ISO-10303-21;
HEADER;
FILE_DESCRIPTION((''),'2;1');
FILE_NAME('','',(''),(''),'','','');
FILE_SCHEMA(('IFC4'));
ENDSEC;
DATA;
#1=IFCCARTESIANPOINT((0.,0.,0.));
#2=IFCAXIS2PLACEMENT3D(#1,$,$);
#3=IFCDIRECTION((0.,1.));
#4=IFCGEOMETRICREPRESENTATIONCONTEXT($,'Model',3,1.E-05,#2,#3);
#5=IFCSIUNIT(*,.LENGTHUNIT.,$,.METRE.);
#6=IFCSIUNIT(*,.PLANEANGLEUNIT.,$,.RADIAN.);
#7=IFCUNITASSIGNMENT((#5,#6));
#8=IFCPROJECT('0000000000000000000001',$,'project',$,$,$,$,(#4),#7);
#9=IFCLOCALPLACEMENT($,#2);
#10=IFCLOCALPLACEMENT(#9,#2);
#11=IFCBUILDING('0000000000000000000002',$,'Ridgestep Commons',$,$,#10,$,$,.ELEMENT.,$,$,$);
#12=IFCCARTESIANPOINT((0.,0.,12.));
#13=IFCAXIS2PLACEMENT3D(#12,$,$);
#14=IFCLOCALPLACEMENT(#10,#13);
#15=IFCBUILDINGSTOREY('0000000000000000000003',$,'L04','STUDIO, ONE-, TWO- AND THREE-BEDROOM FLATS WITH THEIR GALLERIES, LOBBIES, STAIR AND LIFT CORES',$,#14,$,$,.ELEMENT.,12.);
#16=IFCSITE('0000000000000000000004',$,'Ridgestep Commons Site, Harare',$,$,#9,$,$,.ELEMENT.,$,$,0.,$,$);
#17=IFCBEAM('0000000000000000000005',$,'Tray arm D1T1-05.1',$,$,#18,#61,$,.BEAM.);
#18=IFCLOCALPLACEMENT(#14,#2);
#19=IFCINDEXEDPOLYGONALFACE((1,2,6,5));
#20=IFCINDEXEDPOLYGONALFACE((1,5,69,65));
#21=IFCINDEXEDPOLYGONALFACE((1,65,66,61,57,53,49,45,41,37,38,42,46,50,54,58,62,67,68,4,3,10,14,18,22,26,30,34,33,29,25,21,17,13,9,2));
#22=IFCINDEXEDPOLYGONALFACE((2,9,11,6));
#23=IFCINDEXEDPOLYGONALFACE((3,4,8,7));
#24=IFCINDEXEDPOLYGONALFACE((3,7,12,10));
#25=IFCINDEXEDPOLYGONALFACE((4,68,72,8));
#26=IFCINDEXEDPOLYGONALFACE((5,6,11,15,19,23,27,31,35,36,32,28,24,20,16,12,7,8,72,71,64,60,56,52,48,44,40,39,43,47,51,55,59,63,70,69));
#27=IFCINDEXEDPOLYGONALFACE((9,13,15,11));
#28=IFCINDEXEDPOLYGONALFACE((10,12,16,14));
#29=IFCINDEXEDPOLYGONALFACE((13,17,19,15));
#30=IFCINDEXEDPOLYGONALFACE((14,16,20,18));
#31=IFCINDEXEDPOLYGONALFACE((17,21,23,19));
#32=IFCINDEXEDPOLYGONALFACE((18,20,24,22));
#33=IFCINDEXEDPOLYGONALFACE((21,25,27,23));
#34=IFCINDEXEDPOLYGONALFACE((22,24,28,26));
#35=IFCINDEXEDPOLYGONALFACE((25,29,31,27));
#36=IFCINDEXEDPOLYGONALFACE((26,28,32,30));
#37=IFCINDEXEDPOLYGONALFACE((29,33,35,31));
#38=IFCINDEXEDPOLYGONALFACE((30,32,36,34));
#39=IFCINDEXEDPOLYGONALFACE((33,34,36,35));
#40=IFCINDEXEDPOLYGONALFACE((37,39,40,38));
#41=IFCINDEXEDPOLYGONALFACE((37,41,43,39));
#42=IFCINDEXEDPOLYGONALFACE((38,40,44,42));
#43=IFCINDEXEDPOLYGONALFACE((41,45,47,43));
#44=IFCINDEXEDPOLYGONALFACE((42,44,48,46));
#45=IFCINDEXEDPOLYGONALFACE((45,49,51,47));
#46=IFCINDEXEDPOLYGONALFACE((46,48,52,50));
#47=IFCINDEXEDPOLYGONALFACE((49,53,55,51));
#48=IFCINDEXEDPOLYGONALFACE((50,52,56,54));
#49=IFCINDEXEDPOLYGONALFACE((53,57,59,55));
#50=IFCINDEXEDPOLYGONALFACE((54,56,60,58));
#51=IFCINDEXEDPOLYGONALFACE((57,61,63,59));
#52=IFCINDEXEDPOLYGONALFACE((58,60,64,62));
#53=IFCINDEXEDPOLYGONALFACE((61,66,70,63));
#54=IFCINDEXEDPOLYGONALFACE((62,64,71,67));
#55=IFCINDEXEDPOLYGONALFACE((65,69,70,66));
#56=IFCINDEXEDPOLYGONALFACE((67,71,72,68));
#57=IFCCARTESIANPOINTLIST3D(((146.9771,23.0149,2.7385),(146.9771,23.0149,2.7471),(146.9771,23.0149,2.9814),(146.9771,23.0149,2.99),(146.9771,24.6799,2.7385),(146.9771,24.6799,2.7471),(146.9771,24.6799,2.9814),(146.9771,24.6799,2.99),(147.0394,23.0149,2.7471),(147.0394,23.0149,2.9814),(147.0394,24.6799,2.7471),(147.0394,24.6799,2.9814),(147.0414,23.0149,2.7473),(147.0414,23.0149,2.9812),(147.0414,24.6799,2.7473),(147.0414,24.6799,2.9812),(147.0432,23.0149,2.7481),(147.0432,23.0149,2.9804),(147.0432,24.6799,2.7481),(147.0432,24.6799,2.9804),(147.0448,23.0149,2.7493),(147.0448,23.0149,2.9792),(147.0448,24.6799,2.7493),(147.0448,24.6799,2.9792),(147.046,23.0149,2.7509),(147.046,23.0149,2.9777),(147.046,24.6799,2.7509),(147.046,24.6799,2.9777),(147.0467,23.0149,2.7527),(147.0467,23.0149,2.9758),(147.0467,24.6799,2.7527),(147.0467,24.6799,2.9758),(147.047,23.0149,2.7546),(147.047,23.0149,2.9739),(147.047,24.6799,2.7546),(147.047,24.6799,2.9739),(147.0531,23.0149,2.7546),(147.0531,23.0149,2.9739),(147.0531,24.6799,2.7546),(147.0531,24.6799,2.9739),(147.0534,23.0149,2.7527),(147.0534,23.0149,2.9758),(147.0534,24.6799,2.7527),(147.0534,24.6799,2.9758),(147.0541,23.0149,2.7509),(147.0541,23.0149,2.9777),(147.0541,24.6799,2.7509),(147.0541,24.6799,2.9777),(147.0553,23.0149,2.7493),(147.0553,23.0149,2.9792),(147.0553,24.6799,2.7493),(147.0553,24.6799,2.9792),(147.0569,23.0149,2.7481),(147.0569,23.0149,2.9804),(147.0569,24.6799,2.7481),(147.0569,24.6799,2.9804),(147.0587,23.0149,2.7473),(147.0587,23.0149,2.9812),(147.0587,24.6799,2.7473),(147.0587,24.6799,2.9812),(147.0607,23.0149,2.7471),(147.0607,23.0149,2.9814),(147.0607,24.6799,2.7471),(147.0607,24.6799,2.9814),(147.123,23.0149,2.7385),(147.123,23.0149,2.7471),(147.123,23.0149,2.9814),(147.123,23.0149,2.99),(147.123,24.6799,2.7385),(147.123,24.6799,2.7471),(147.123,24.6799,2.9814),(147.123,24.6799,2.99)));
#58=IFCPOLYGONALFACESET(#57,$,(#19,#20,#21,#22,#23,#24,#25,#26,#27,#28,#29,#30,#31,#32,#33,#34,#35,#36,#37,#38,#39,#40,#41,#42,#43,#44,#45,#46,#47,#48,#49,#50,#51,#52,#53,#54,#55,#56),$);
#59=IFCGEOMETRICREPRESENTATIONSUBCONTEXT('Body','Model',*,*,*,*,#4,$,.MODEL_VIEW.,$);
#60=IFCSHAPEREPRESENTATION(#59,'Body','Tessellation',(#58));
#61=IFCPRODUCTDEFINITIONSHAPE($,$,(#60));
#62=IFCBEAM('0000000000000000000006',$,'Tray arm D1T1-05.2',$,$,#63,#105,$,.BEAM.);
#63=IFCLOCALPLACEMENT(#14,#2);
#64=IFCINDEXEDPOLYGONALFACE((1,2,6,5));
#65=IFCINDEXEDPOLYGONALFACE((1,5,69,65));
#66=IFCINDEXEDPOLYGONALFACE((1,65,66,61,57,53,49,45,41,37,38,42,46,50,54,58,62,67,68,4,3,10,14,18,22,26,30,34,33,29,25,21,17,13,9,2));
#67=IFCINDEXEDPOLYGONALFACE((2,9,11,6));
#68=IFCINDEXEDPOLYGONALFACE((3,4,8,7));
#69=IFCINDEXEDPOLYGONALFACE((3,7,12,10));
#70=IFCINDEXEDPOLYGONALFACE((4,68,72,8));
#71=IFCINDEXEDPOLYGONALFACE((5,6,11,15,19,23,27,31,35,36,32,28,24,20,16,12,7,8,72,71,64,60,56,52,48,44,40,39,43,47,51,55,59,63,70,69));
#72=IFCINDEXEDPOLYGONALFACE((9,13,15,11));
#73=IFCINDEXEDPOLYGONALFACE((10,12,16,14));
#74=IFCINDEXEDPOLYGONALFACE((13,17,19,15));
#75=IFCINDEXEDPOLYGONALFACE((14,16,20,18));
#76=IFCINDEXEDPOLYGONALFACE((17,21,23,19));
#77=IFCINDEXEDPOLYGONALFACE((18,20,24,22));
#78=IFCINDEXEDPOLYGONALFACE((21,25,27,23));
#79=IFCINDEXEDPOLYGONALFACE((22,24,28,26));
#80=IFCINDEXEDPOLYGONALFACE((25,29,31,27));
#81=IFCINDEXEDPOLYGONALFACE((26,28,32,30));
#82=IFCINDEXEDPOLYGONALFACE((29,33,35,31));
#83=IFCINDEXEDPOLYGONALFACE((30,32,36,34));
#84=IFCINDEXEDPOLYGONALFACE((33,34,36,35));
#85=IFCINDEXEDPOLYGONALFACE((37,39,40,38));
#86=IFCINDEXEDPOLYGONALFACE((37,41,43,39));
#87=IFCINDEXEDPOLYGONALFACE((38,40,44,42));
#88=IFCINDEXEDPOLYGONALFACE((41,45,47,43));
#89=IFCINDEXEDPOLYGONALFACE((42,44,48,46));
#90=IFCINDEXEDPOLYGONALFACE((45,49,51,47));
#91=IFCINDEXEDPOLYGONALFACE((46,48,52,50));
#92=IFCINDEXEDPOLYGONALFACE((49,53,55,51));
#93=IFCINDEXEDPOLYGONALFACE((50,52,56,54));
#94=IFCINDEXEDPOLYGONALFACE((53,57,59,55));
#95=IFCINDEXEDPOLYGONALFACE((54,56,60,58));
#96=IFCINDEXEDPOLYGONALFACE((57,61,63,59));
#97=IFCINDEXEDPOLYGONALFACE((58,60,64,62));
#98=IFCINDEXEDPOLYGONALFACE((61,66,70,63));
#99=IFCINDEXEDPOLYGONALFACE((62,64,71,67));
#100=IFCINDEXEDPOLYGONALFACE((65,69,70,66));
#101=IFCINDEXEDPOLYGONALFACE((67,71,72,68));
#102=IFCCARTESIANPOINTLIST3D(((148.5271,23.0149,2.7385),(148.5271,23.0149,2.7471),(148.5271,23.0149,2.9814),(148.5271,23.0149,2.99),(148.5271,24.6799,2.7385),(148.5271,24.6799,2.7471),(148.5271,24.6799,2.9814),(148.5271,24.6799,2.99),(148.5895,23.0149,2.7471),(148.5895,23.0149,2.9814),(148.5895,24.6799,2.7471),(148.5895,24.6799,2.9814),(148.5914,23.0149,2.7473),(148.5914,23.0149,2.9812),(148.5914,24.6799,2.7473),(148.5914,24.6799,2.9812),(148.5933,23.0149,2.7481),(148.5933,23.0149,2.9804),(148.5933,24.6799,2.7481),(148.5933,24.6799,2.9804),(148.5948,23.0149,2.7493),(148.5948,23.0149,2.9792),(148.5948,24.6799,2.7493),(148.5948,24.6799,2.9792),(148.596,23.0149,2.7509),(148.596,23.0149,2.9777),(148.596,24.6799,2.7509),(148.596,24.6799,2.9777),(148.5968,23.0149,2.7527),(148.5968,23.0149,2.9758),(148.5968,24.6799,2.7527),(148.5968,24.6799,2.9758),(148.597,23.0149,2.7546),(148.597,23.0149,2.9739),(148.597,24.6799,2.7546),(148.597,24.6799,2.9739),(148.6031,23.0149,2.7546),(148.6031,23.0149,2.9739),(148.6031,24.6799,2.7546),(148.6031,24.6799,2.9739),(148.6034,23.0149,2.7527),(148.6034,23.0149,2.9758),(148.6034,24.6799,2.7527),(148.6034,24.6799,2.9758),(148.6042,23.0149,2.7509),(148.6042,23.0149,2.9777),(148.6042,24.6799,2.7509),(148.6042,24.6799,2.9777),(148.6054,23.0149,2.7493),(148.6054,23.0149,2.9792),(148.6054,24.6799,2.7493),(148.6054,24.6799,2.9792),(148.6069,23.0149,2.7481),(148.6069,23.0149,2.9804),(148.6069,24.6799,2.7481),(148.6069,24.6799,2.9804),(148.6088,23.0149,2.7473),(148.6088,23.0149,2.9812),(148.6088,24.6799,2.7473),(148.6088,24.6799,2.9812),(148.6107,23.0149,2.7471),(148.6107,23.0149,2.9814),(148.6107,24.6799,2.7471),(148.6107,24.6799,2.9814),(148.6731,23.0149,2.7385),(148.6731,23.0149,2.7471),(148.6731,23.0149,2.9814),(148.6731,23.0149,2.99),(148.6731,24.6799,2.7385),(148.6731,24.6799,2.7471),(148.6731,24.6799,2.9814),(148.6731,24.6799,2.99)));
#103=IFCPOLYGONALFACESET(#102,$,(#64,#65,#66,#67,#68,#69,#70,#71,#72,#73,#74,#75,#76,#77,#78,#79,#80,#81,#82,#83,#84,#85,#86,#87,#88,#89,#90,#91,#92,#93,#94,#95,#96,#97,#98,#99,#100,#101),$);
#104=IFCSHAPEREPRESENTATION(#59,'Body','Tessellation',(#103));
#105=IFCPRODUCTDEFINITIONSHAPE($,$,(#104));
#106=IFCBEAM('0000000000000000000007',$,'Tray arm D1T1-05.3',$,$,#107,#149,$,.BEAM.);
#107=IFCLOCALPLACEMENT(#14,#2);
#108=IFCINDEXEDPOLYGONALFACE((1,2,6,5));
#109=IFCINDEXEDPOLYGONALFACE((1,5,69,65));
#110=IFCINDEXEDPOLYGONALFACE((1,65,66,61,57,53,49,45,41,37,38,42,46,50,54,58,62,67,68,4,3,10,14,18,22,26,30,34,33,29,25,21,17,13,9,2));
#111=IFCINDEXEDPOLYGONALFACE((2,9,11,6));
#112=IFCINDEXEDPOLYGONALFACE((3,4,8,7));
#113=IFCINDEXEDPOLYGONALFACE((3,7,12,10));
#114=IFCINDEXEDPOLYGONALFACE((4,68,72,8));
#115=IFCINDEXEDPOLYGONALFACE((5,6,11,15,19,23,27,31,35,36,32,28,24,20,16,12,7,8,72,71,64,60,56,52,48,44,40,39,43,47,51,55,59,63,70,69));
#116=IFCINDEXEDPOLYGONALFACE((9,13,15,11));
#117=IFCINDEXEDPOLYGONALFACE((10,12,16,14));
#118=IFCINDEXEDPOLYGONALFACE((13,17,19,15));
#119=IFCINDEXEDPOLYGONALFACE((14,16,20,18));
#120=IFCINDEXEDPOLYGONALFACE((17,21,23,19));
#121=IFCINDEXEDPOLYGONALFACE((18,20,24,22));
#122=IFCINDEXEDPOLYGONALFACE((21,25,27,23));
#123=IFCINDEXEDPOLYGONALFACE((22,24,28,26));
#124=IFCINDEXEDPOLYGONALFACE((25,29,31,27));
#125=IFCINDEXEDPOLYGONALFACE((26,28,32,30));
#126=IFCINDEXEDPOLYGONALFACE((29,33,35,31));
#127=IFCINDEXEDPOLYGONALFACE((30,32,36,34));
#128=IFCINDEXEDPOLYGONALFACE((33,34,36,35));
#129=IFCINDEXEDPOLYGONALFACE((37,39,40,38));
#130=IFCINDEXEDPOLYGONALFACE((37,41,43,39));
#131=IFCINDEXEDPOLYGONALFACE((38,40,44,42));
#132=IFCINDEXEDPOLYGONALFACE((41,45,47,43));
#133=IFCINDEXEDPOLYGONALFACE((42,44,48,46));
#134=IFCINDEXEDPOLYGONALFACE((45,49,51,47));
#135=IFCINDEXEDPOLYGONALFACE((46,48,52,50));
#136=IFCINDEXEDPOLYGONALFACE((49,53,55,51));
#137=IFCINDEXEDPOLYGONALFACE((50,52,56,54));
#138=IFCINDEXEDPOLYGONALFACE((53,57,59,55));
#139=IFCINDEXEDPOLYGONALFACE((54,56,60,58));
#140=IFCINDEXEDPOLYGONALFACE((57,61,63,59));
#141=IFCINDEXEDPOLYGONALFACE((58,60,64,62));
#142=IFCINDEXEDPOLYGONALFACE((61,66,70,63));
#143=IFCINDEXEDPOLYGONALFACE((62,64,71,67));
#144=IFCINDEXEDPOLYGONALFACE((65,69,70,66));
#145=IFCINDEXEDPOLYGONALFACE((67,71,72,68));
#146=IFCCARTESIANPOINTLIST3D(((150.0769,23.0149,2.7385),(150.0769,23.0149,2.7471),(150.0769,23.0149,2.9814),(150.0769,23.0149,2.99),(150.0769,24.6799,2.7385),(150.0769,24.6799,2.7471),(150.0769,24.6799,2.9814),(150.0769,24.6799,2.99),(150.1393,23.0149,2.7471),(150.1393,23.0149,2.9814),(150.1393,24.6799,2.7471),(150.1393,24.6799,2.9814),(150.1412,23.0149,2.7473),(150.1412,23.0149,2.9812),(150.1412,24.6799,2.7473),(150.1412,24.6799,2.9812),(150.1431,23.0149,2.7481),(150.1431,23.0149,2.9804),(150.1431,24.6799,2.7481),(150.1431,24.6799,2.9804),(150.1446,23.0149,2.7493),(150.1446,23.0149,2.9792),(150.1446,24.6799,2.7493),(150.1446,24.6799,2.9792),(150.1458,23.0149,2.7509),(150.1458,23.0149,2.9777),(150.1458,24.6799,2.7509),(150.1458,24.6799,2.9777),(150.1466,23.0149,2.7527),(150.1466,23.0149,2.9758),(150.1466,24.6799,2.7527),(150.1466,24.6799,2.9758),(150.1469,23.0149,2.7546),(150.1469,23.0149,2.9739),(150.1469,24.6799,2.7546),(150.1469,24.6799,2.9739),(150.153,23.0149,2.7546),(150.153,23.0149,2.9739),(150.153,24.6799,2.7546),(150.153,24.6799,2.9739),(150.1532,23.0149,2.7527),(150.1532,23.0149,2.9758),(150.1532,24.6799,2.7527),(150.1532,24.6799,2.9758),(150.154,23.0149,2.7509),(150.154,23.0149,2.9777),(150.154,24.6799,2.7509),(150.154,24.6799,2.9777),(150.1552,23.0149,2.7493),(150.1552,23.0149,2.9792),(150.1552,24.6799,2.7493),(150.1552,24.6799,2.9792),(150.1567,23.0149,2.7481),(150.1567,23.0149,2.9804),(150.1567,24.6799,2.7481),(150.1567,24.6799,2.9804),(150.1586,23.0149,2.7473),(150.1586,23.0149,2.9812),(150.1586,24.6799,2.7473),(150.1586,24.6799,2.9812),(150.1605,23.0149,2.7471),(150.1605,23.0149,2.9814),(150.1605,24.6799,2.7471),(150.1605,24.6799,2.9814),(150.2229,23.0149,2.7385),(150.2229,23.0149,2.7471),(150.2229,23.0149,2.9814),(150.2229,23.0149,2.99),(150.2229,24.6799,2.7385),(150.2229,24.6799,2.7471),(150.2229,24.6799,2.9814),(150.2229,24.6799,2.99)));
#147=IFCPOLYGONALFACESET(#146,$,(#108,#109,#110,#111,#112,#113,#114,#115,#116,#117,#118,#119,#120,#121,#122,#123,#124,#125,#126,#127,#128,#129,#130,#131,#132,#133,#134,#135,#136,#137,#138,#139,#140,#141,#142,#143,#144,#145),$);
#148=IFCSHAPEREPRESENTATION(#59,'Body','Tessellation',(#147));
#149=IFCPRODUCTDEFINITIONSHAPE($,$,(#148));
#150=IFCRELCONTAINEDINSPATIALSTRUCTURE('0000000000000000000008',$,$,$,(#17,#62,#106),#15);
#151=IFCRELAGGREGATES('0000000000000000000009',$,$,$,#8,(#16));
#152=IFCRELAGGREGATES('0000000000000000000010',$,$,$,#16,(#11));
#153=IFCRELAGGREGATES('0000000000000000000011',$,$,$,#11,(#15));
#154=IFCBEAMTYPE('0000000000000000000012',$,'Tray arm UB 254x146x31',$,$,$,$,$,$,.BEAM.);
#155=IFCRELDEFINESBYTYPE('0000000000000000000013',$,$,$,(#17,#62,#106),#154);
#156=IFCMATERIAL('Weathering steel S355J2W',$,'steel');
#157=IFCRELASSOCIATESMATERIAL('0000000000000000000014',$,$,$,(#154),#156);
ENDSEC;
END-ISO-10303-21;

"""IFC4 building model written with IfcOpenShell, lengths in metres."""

from ifc_helpers import new_model, si_unit, direction, frame, origin, origin_2d, place, context, subcontext, project, spatial, i_section, extrude, material, material_profile, profile_set, type_object, element, save


model = new_model("IFC4")

# Units and contexts
model_context = context("Model", 3, precision=1e-05, world=origin(), true_north=direction((0.0, 1.0)))
body_context = subcontext(model_context, "Body", "Model", "MODEL_VIEW")
ifc_project = project(units=[si_unit("LENGTHUNIT", "METRE"), si_unit("PLANEANGLEUNIT", "RADIAN")], contexts=[model_context])

# Site, building, storey
site_placement = place(None, origin())
site = spatial("IfcSite", under=ifc_project, at=site_placement, Name="Ridgestep Commons Site, Harare", CompositionType="ELEMENT", RefElevation=0.0)
building_placement = place(site_placement, origin())
building = spatial("IfcBuilding", under=site, at=building_placement, Name="Ridgestep Commons", CompositionType="ELEMENT")
storey_placement = place(building_placement, frame((0.0, 0.0, 12.0)))
storey = spatial("IfcBuildingStorey", under=building, at=storey_placement, Name="L04", Description="STUDIO, ONE-, TWO- AND THREE-BEDROOM FLATS WITH THEIR GALLERIES, LOBBIES, STAIR AND LIFT CORES", CompositionType="ELEMENT", Elevation=12.0)

# Beams
ifc_material_1 = material(Name="Weathering steel S355J2W", Category="steel")
ifc_material_profile_1 = material_profile(ifc_material_1, i_section(OverallWidth=0.146, OverallDepth=0.2515, WebThickness=0.0061, FlangeThickness=0.0085, FilletRadius=0.0076, at=origin_2d()), Name="UB 254x146x31")
ifc_profile_set_1 = profile_set([ifc_material_profile_1], Name="Weathering steel S355J2W")
beam_type_1 = type_object("IfcBeamType", Name="Tray arm UB 254x146x31", PredefinedType="BEAM", material=ifc_profile_set_1)
for number, where, z_axis, x_axis, name in (
    (1, (147.05, 23.0149, 2.8643), (0.0, 1.0, 0.0), (-1.0, 0.0, 0.0), "Tray arm D1T1-05.1"),
    (2, (148.6001, 23.0149, 2.8643), (0.0, 1.0, 0.0), (-1.0, 0.0, 0.0), "Tray arm D1T1-05.2"),
    (3, (150.1499, 23.0149, 2.8643), (0.0, 1.0, 0.0), (-1.0, 0.0, 0.0), "Tray arm D1T1-05.3"),
):
    element("IfcBeam", number, at=place(storey_placement, frame(where, z_axis=z_axis, x_axis=x_axis)), inside=storey, type_object=beam_type_1, Name=name, PredefinedType="BEAM", context=body_context, shape_type="SweptSolid", body=[
        extrude(i_section(OverallWidth=0.146, OverallDepth=0.2515, WebThickness=0.0061, FlangeThickness=0.0085, FilletRadius=0.0076, at=origin_2d()), origin(), (0.0, 0.0, 1.0), 1.665),
    ])

save(model, "model.ifc")
